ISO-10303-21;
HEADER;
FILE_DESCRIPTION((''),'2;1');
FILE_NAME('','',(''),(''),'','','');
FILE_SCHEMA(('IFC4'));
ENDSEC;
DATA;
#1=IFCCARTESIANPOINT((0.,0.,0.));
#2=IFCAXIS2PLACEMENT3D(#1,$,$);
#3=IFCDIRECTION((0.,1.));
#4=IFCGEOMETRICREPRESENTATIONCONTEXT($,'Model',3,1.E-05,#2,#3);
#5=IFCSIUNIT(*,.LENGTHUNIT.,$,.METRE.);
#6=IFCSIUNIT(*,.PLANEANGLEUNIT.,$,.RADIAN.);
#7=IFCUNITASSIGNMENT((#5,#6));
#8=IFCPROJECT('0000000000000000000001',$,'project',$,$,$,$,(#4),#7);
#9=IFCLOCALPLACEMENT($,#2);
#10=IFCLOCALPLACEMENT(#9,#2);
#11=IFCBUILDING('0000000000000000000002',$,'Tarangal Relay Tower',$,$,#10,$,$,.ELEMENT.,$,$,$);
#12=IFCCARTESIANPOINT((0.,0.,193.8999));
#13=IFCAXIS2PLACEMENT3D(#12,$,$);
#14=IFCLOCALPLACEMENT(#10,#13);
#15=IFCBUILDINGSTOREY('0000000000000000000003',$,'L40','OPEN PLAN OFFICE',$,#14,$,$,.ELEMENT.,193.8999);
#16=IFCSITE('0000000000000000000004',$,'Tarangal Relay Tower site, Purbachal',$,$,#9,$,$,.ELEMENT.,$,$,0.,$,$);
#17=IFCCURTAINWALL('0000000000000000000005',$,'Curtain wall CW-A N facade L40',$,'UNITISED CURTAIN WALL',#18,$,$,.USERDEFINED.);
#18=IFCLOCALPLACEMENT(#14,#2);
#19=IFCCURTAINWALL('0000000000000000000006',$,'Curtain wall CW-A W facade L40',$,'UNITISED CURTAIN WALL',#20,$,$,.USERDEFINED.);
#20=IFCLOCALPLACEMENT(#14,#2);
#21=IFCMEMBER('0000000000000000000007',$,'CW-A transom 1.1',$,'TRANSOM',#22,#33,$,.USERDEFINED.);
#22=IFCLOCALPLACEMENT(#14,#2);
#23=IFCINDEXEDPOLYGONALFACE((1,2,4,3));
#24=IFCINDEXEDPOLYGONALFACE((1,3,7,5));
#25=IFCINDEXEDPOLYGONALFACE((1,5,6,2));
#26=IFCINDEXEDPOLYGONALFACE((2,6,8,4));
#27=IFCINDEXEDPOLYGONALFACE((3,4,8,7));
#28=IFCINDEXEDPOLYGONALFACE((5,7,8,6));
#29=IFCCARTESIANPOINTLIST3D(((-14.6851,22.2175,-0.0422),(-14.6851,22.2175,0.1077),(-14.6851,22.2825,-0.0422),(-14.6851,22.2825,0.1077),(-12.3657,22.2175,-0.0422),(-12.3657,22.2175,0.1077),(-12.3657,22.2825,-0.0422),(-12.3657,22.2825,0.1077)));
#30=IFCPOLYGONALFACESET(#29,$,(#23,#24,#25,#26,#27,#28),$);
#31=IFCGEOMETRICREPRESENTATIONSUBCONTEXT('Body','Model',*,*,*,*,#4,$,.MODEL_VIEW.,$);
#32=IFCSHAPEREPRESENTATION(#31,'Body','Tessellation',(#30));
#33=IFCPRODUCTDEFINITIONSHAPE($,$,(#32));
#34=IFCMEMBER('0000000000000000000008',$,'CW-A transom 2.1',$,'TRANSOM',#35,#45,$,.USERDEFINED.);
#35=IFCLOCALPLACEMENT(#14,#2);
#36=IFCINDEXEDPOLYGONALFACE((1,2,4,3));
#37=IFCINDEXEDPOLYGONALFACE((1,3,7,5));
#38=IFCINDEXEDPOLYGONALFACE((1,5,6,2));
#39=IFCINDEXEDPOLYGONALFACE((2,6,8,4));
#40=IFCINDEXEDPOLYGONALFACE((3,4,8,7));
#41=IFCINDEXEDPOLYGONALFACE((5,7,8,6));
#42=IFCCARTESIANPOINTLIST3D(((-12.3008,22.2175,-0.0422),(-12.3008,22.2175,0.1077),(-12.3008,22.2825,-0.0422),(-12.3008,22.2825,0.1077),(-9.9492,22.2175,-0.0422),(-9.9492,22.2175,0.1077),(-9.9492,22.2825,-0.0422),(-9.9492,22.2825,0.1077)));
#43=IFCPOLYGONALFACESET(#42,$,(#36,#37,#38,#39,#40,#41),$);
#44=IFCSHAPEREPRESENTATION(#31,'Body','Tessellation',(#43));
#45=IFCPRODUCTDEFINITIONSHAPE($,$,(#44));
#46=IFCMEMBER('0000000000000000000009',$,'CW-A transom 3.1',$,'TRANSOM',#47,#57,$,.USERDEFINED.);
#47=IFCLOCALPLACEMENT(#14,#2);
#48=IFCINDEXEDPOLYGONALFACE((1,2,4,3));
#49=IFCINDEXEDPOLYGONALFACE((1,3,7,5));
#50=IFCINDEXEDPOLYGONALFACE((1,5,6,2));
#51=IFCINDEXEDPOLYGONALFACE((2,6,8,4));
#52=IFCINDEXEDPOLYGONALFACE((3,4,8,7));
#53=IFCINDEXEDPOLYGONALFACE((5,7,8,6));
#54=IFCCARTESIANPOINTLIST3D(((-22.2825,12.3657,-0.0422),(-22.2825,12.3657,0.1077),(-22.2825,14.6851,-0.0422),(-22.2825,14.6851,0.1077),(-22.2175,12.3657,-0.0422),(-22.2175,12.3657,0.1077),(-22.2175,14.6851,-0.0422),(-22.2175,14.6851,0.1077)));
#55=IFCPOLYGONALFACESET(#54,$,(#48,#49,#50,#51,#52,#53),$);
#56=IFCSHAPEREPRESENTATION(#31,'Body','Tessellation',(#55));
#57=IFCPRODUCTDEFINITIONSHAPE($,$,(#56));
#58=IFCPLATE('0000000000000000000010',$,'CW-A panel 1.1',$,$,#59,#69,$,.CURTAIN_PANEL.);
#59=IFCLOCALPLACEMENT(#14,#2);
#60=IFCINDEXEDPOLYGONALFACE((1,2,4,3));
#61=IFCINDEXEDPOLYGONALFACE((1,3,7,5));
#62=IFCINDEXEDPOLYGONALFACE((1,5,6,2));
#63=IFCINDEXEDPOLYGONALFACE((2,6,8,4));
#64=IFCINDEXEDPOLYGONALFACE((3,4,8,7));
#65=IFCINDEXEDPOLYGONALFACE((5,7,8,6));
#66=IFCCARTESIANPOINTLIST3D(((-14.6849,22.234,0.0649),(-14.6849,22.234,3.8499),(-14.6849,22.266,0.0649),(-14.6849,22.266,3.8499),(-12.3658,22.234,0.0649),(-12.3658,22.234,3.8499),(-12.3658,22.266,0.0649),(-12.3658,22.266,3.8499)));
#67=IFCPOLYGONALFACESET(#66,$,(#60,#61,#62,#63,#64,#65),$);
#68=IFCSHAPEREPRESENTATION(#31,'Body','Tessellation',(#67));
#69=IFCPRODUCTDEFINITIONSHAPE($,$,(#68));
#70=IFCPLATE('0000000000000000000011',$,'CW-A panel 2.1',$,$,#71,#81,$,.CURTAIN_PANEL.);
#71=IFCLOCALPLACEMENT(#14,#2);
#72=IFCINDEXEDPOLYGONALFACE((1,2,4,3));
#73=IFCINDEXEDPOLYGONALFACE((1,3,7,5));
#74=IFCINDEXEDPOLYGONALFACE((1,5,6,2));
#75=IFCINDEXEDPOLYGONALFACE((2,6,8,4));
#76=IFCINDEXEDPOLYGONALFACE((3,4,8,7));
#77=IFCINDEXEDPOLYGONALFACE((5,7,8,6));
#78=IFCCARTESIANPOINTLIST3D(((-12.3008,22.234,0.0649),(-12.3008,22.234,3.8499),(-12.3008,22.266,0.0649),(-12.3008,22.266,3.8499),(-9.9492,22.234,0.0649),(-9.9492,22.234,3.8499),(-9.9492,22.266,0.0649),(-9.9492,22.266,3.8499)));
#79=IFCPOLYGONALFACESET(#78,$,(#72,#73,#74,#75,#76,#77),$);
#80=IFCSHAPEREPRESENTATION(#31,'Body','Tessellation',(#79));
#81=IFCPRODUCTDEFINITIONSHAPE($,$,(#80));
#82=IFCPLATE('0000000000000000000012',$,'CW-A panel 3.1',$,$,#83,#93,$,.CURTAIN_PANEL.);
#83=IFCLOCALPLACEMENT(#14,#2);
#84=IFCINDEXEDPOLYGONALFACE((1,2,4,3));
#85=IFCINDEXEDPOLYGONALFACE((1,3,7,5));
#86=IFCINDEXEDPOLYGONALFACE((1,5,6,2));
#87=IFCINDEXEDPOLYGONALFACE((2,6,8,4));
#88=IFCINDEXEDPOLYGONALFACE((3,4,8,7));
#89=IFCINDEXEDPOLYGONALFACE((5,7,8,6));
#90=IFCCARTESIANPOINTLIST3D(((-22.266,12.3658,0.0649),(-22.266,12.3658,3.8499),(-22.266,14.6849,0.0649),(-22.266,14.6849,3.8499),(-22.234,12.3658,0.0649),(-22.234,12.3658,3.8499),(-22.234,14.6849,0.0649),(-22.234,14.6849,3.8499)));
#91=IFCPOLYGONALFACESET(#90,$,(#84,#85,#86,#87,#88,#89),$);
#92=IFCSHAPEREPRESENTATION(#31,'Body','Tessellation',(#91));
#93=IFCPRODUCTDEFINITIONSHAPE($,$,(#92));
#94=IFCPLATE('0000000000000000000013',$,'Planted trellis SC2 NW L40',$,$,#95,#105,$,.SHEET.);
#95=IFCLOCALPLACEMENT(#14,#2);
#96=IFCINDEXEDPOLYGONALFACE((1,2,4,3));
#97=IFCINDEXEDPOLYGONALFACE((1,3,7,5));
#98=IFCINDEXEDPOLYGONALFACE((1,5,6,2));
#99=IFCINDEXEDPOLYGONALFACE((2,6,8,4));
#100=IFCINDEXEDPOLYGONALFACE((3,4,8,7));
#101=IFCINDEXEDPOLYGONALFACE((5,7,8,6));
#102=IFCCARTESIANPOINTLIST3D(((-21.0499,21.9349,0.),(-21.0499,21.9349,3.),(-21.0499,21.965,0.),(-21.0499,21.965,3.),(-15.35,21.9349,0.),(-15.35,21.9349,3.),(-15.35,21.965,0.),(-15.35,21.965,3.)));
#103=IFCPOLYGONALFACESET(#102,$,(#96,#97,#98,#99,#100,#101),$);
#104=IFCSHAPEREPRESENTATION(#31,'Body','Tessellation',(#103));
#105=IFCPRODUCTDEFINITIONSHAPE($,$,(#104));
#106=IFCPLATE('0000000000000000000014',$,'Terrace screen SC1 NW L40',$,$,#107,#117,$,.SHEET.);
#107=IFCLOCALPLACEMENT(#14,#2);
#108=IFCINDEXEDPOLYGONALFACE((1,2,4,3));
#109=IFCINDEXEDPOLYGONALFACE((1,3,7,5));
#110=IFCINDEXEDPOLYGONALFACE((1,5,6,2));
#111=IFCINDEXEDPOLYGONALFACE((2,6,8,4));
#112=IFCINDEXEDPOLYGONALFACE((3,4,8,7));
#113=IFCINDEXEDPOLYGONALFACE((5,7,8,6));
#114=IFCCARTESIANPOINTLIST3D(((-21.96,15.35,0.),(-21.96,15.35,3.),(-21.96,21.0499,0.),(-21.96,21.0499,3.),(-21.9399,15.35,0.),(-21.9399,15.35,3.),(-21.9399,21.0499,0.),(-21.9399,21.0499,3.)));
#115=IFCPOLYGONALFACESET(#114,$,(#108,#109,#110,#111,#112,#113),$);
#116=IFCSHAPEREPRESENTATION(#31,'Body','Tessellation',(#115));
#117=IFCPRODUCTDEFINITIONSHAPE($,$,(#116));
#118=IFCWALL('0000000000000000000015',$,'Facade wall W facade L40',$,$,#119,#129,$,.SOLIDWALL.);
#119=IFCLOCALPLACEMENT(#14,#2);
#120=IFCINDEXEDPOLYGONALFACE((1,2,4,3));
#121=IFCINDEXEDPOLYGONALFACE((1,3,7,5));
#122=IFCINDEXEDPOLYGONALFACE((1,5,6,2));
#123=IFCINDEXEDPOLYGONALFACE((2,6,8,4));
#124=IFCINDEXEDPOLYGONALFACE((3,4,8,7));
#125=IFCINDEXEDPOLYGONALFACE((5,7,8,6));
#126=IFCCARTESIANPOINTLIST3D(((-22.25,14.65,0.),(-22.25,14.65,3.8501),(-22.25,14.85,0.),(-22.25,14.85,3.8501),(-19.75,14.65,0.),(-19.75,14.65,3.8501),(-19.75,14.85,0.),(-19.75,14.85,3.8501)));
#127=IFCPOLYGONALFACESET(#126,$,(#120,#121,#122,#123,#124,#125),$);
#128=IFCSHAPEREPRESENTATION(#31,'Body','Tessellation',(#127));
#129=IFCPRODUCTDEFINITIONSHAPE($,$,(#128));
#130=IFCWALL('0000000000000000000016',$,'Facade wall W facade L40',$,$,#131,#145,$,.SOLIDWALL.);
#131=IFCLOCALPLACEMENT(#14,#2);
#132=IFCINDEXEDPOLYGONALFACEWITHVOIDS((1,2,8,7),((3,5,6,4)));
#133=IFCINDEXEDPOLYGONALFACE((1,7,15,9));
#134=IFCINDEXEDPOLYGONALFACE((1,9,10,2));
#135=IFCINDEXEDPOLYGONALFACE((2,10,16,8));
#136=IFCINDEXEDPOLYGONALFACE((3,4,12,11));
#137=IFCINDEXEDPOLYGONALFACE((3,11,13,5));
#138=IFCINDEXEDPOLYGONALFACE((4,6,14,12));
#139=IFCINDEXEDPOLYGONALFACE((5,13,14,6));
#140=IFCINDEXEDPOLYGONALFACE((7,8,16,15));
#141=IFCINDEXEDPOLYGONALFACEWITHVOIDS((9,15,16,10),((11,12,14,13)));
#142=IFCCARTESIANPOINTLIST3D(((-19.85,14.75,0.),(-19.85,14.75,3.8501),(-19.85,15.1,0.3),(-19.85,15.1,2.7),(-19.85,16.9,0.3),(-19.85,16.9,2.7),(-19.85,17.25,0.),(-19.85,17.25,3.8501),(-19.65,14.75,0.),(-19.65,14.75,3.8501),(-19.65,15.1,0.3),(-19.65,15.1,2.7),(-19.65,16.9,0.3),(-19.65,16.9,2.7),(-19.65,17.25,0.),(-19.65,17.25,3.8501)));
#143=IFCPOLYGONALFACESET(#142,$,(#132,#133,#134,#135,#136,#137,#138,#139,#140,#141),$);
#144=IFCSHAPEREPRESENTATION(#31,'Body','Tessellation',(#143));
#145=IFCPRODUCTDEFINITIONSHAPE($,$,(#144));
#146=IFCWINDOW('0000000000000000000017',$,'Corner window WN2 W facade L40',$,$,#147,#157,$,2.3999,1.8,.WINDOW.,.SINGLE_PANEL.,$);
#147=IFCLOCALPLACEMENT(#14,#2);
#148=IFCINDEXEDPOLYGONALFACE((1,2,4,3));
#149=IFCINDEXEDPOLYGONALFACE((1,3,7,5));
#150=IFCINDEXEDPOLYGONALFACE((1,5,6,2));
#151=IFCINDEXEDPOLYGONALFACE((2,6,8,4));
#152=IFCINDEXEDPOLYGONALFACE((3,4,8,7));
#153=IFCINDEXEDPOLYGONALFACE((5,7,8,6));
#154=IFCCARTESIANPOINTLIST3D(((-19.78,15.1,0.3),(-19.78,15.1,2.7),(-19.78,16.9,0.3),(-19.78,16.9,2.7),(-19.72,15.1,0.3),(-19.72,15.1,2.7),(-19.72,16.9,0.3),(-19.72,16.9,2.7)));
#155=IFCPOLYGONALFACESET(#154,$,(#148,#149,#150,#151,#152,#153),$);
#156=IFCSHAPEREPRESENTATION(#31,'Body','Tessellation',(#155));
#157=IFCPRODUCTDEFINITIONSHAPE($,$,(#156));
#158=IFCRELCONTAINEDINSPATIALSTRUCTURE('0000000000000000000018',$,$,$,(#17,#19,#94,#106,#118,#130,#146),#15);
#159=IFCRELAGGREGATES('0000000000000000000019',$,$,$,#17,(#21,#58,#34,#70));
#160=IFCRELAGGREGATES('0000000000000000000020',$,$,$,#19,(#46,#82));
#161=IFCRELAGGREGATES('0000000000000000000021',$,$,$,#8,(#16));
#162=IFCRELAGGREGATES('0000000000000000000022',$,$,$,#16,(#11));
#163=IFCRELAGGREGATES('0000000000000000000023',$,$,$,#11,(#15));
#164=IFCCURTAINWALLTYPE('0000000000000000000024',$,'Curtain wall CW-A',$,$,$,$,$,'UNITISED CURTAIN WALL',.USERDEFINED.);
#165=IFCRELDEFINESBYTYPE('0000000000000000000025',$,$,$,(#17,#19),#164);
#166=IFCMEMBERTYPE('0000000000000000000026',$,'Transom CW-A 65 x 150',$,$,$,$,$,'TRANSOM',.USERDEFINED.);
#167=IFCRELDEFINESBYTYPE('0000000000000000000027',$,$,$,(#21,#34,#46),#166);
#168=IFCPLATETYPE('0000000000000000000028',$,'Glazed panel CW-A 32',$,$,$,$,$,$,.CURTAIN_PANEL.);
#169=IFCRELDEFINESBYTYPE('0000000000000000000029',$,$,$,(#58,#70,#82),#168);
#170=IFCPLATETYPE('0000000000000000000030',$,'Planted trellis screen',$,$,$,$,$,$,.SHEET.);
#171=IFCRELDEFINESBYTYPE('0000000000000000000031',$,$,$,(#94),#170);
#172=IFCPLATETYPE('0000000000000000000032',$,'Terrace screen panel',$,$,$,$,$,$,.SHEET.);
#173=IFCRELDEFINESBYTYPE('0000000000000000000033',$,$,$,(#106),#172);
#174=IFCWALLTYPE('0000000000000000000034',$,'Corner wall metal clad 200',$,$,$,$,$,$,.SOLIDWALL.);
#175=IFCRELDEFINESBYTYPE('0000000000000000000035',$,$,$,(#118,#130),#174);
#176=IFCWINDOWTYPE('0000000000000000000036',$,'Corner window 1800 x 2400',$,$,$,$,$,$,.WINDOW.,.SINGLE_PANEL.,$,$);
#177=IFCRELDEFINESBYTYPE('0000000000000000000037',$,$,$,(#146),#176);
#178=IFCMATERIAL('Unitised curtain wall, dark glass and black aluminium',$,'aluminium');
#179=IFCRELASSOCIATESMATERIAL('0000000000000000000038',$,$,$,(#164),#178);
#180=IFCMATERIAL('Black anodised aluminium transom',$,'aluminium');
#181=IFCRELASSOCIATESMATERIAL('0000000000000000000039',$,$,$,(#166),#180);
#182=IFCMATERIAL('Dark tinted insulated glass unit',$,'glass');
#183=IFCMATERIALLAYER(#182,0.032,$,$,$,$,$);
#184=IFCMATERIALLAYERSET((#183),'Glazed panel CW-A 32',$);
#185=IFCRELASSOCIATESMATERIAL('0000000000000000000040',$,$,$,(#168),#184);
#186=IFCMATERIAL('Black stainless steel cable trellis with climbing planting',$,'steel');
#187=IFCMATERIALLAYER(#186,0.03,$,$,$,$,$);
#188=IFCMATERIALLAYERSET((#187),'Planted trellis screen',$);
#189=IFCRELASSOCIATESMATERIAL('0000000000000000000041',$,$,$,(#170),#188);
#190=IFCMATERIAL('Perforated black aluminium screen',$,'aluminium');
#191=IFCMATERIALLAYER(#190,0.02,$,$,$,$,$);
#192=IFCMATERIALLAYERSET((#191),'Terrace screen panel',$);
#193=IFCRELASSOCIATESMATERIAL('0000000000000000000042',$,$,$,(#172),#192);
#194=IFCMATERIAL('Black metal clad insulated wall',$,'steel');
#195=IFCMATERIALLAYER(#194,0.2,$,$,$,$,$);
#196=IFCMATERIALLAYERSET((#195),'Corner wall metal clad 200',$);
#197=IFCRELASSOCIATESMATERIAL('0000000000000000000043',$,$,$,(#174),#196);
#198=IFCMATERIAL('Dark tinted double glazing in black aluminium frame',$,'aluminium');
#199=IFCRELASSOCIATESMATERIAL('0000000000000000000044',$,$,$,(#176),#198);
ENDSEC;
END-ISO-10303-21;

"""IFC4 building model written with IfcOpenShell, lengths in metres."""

from ifc_helpers import new_model, si_unit, direction, frame, frame_2d, origin, origin_2d, place, context, subcontext, project, spatial, rectangle, extrude, material, layer, layer_set, material_profile, profile_set, type_object, element, fill, aggregate, save


model = new_model("IFC4")

# Units and contexts
model_context = context("Model", 3, precision=1e-05, world=origin(), true_north=direction((0.0, 1.0)))
body_context = subcontext(model_context, "Body", "Model", "MODEL_VIEW")
ifc_project = project(units=[si_unit("LENGTHUNIT", "METRE"), si_unit("PLANEANGLEUNIT", "RADIAN")], contexts=[model_context])

# Site, building, storey
site_placement = place(None, origin())
site = spatial("IfcSite", under=ifc_project, at=site_placement, Name="Tarangal Relay Tower site, Purbachal", CompositionType="ELEMENT", RefElevation=0.0)
building_placement = place(site_placement, origin())
building = spatial("IfcBuilding", under=site, at=building_placement, Name="Tarangal Relay Tower", CompositionType="ELEMENT")
storey_placement = place(building_placement, frame((0.0, 0.0, 193.8999)))
storey = spatial("IfcBuildingStorey", under=building, at=storey_placement, Name="L40", Description="OPEN PLAN OFFICE", CompositionType="ELEMENT", Elevation=193.8999)

# Curtain walls
ifc_material_1 = material(Name="Unitised curtain wall, dark glass and black aluminium", Category="aluminium")
curtain_wall_type = type_object("IfcCurtainWallType", Name="Curtain wall CW-A", ElementType="UNITISED CURTAIN WALL", PredefinedType="USERDEFINED", material=ifc_material_1)
curtain_wall_1_placement = place(storey_placement, origin())
curtain_wall_1 = element("IfcCurtainWall", 1, at=curtain_wall_1_placement, inside=storey, type_object=curtain_wall_type, Name="Curtain wall CW-A N facade L40", ObjectType="UNITISED CURTAIN WALL", PredefinedType="USERDEFINED")
curtain_wall_2_placement = place(storey_placement, origin())
curtain_wall_2 = element("IfcCurtainWall", 2, at=curtain_wall_2_placement, inside=storey, type_object=curtain_wall_type, Name="Curtain wall CW-A W facade L40", ObjectType="UNITISED CURTAIN WALL", PredefinedType="USERDEFINED")

# Members
ifc_material_2 = material(Name="Black anodised aluminium transom", Category="aluminium")
ifc_material_profile_1 = material_profile(ifc_material_2, rectangle(XDim=0.0649, YDim=0.1499, at=origin_2d()), Name="CW-AT 65X150")
ifc_profile_set_1 = profile_set([ifc_material_profile_1], Name="Black anodised aluminium transom")
member_type_1 = type_object("IfcMemberType", Name="Transom CW-A 65 x 150", ElementType="TRANSOM", PredefinedType="USERDEFINED", material=ifc_profile_set_1)
member_1_placement = place(storey_placement, frame((-14.6851, 22.25, 0.0327), z_axis=(1.0, 0.0, 0.0), x_axis=(0.0, 1.0, 0.0)))
member_1 = element("IfcMember", 3, at=member_1_placement, type_object=member_type_1, Name="CW-A transom 1.1", ObjectType="TRANSOM", PredefinedType="USERDEFINED", context=body_context, shape_type="SweptSolid", body=[
    extrude(rectangle(XDim=0.0649, YDim=0.1499, at=origin_2d()), origin(), (0.0, 0.0, 1.0), 2.3193),
])
member_2_placement = place(storey_placement, frame((-12.3008, 22.25, 0.0327), z_axis=(1.0, 0.0, 0.0), x_axis=(0.0, 1.0, 0.0)))
member_2 = element("IfcMember", 4, at=member_2_placement, type_object=member_type_1, Name="CW-A transom 2.1", ObjectType="TRANSOM", PredefinedType="USERDEFINED", context=body_context, shape_type="SweptSolid", body=[
    extrude(rectangle(XDim=0.0649, YDim=0.1499, at=origin_2d()), origin(), (0.0, 0.0, 1.0), 2.3516),
])
member_3_placement = place(storey_placement, frame((-22.25, 12.3657, 0.0327), z_axis=(0.0, 1.0, 0.0), x_axis=(-1.0, 0.0, 0.0)))
member_3 = element("IfcMember", 5, at=member_3_placement, type_object=member_type_1, Name="CW-A transom 3.1", ObjectType="TRANSOM", PredefinedType="USERDEFINED", context=body_context, shape_type="SweptSolid", body=[
    extrude(rectangle(XDim=0.0649, YDim=0.1499, at=origin_2d()), origin(), (0.0, 0.0, 1.0), 2.3193),
])

# Plates
ifc_material_3 = material(Name="Dark tinted insulated glass unit", Category="glass")
ifc_layer_1 = layer(ifc_material_3, 0.032)
ifc_layer_set_1 = layer_set([ifc_layer_1], Name="Glazed panel CW-A 32")
plate_type_1 = type_object("IfcPlateType", Name="Glazed panel CW-A 32", PredefinedType="CURTAIN_PANEL", material=ifc_layer_set_1)
plate_1_placement = place(storey_placement, frame((-13.5254, 22.25, 0.0649), z_axis=(0.0, 0.0, 1.0), x_axis=(1.0, 0.0, 0.0)))
plate_1 = element("IfcPlate", 6, at=plate_1_placement, type_object=plate_type_1, Name="CW-A panel 1.1", PredefinedType="CURTAIN_PANEL", context=body_context, shape_type="SweptSolid", body=[
    extrude(rectangle(XDim=2.3191, YDim=0.032, at=origin_2d()), origin(), (0.0, 0.0, 1.0), 3.7849),
])
plate_2_placement = place(storey_placement, frame((-11.125, 22.25, 0.0649), z_axis=(0.0, 0.0, 1.0), x_axis=(1.0, 0.0, 0.0)))
plate_2 = element("IfcPlate", 7, at=plate_2_placement, type_object=plate_type_1, Name="CW-A panel 2.1", PredefinedType="CURTAIN_PANEL", context=body_context, shape_type="SweptSolid", body=[
    extrude(rectangle(XDim=2.3516, YDim=0.032, at=origin_2d()), origin(), (0.0, 0.0, 1.0), 3.7849),
])
aggregate(curtain_wall_1, [member_1, plate_1, member_2, plate_2])
plate_3_placement = place(storey_placement, frame((-22.25, 13.5254, 0.0649), z_axis=(0.0, 0.0, 1.0), x_axis=(0.0, 1.0, 0.0)))
plate_3 = element("IfcPlate", 8, at=plate_3_placement, type_object=plate_type_1, Name="CW-A panel 3.1", PredefinedType="CURTAIN_PANEL", context=body_context, shape_type="SweptSolid", body=[
    extrude(rectangle(XDim=2.3191, YDim=0.032, at=origin_2d()), origin(), (0.0, 0.0, 1.0), 3.7849),
])
aggregate(curtain_wall_2, [member_3, plate_3])

# Plates
ifc_material_4 = material(Name="Black stainless steel cable trellis with climbing planting", Category="steel")
ifc_layer_2 = layer(ifc_material_4, 0.03)
ifc_layer_set_2 = layer_set([ifc_layer_2], Name="Planted trellis screen")
plate_type_2 = type_object("IfcPlateType", Name="Planted trellis screen", PredefinedType="SHEET", material=ifc_layer_set_2)
plate_4_placement = place(storey_placement, frame((-18.2, 21.95, 0.0), z_axis=(0.0, 0.0, 1.0), x_axis=(1.0, 0.0, 0.0)))
element("IfcPlate", 9, at=plate_4_placement, inside=storey, type_object=plate_type_2, Name="Planted trellis SC2 NW L40", PredefinedType="SHEET", context=body_context, shape_type="SweptSolid", body=[
    extrude(rectangle(XDim=5.7, YDim=0.03, at=origin_2d()), origin(), (0.0, 0.0, 1.0), 3.0),
])
ifc_material_5 = material(Name="Perforated black aluminium screen", Category="aluminium")
ifc_layer_3 = layer(ifc_material_5, 0.02)
ifc_layer_set_3 = layer_set([ifc_layer_3], Name="Terrace screen panel")
plate_type_3 = type_object("IfcPlateType", Name="Terrace screen panel", PredefinedType="SHEET", material=ifc_layer_set_3)
plate_5_placement = place(storey_placement, frame((-21.95, 18.2, 0.0), z_axis=(0.0, 0.0, 1.0), x_axis=(0.0, 1.0, 0.0)))
element("IfcPlate", 10, at=plate_5_placement, inside=storey, type_object=plate_type_3, Name="Terrace screen SC1 NW L40", PredefinedType="SHEET", context=body_context, shape_type="SweptSolid", body=[
    extrude(rectangle(XDim=5.7, YDim=0.02, at=origin_2d()), origin(), (0.0, 0.0, 1.0), 3.0),
])

# Wall
ifc_material_6 = material(Name="Black metal clad insulated wall", Category="steel")
ifc_layer_4 = layer(ifc_material_6, 0.2)
ifc_layer_set_4 = layer_set([ifc_layer_4], Name="Corner wall metal clad 200")
wall_type_1 = type_object("IfcWallType", Name="Corner wall metal clad 200", PredefinedType="SOLIDWALL", material=ifc_layer_set_4)
wall_1_placement = place(storey_placement, frame((-22.25, 14.75, 0.0), z_axis=(0.0, 0.0, 1.0), x_axis=(1.0, 0.0, 0.0)))
element("IfcWall", 11, at=wall_1_placement, inside=storey, type_object=wall_type_1, Name="Facade wall W facade L40", PredefinedType="SOLIDWALL", context=body_context, shape_type="SweptSolid", body=[
    extrude(rectangle(XDim=2.5, YDim=0.2, at=frame_2d((1.25, 0.0))), origin(), (0.0, 0.0, 1.0), 3.8501),
])

# Wall, opening, window
wall_2_placement = place(storey_placement, frame((-19.75, 14.75, 0.0), z_axis=(0.0, 0.0, 1.0), x_axis=(0.0, 1.0, 0.0)))
wall_2 = element("IfcWall", 12, at=wall_2_placement, inside=storey, type_object=wall_type_1, Name="Facade wall W facade L40", PredefinedType="SOLIDWALL", context=body_context, shape_type="SweptSolid", body=[
    extrude(rectangle(XDim=2.5, YDim=0.2, at=frame_2d((1.25, 0.0))), origin(), (0.0, 0.0, 1.0), 3.8501),
])
opening_1_placement = place(wall_2_placement, frame((0.3501, 0.0, 0.3)))
opening_1 = element("IfcOpeningElement", 13, at=opening_1_placement, cuts=wall_2, PredefinedType="OPENING", context=body_context, shape_type="SweptSolid", body=[
    extrude(rectangle(XDim=1.8, YDim=2.3999, at=frame_2d((0.8999, 1.2))), frame((0.0, 0.1099, 0.0), z_axis=(0.0, -1.0, 0.0), x_axis=(1.0, 0.0, 0.0)), (0.0, 0.0, 1.0), 0.22),
])
ifc_material_7 = material(Name="Dark tinted double glazing in black aluminium frame", Category="aluminium")
window_type = type_object("IfcWindowType", Name="Corner window 1800 x 2400", PartitioningType="SINGLE_PANEL", PredefinedType="WINDOW", material=ifc_material_7)
window_1_placement = place(opening_1_placement, origin())
window_1 = element("IfcWindow", 14, at=window_1_placement, inside=storey, type_object=window_type, Name="Corner window WN2 W facade L40", OverallHeight=2.3999, OverallWidth=1.8, PartitioningType="SINGLE_PANEL", PredefinedType="WINDOW", context=body_context, shape_type="SweptSolid", body=[
    extrude(rectangle(XDim=1.8, YDim=2.3999, at=frame_2d((0.8999, 1.2))), frame((0.0, 0.03, 0.0), z_axis=(0.0, -1.0, 0.0), x_axis=(1.0, 0.0, 0.0)), (0.0, 0.0, 1.0), 0.0601),
])
fill(opening_1, window_1)

save(model, "model.ifc")
